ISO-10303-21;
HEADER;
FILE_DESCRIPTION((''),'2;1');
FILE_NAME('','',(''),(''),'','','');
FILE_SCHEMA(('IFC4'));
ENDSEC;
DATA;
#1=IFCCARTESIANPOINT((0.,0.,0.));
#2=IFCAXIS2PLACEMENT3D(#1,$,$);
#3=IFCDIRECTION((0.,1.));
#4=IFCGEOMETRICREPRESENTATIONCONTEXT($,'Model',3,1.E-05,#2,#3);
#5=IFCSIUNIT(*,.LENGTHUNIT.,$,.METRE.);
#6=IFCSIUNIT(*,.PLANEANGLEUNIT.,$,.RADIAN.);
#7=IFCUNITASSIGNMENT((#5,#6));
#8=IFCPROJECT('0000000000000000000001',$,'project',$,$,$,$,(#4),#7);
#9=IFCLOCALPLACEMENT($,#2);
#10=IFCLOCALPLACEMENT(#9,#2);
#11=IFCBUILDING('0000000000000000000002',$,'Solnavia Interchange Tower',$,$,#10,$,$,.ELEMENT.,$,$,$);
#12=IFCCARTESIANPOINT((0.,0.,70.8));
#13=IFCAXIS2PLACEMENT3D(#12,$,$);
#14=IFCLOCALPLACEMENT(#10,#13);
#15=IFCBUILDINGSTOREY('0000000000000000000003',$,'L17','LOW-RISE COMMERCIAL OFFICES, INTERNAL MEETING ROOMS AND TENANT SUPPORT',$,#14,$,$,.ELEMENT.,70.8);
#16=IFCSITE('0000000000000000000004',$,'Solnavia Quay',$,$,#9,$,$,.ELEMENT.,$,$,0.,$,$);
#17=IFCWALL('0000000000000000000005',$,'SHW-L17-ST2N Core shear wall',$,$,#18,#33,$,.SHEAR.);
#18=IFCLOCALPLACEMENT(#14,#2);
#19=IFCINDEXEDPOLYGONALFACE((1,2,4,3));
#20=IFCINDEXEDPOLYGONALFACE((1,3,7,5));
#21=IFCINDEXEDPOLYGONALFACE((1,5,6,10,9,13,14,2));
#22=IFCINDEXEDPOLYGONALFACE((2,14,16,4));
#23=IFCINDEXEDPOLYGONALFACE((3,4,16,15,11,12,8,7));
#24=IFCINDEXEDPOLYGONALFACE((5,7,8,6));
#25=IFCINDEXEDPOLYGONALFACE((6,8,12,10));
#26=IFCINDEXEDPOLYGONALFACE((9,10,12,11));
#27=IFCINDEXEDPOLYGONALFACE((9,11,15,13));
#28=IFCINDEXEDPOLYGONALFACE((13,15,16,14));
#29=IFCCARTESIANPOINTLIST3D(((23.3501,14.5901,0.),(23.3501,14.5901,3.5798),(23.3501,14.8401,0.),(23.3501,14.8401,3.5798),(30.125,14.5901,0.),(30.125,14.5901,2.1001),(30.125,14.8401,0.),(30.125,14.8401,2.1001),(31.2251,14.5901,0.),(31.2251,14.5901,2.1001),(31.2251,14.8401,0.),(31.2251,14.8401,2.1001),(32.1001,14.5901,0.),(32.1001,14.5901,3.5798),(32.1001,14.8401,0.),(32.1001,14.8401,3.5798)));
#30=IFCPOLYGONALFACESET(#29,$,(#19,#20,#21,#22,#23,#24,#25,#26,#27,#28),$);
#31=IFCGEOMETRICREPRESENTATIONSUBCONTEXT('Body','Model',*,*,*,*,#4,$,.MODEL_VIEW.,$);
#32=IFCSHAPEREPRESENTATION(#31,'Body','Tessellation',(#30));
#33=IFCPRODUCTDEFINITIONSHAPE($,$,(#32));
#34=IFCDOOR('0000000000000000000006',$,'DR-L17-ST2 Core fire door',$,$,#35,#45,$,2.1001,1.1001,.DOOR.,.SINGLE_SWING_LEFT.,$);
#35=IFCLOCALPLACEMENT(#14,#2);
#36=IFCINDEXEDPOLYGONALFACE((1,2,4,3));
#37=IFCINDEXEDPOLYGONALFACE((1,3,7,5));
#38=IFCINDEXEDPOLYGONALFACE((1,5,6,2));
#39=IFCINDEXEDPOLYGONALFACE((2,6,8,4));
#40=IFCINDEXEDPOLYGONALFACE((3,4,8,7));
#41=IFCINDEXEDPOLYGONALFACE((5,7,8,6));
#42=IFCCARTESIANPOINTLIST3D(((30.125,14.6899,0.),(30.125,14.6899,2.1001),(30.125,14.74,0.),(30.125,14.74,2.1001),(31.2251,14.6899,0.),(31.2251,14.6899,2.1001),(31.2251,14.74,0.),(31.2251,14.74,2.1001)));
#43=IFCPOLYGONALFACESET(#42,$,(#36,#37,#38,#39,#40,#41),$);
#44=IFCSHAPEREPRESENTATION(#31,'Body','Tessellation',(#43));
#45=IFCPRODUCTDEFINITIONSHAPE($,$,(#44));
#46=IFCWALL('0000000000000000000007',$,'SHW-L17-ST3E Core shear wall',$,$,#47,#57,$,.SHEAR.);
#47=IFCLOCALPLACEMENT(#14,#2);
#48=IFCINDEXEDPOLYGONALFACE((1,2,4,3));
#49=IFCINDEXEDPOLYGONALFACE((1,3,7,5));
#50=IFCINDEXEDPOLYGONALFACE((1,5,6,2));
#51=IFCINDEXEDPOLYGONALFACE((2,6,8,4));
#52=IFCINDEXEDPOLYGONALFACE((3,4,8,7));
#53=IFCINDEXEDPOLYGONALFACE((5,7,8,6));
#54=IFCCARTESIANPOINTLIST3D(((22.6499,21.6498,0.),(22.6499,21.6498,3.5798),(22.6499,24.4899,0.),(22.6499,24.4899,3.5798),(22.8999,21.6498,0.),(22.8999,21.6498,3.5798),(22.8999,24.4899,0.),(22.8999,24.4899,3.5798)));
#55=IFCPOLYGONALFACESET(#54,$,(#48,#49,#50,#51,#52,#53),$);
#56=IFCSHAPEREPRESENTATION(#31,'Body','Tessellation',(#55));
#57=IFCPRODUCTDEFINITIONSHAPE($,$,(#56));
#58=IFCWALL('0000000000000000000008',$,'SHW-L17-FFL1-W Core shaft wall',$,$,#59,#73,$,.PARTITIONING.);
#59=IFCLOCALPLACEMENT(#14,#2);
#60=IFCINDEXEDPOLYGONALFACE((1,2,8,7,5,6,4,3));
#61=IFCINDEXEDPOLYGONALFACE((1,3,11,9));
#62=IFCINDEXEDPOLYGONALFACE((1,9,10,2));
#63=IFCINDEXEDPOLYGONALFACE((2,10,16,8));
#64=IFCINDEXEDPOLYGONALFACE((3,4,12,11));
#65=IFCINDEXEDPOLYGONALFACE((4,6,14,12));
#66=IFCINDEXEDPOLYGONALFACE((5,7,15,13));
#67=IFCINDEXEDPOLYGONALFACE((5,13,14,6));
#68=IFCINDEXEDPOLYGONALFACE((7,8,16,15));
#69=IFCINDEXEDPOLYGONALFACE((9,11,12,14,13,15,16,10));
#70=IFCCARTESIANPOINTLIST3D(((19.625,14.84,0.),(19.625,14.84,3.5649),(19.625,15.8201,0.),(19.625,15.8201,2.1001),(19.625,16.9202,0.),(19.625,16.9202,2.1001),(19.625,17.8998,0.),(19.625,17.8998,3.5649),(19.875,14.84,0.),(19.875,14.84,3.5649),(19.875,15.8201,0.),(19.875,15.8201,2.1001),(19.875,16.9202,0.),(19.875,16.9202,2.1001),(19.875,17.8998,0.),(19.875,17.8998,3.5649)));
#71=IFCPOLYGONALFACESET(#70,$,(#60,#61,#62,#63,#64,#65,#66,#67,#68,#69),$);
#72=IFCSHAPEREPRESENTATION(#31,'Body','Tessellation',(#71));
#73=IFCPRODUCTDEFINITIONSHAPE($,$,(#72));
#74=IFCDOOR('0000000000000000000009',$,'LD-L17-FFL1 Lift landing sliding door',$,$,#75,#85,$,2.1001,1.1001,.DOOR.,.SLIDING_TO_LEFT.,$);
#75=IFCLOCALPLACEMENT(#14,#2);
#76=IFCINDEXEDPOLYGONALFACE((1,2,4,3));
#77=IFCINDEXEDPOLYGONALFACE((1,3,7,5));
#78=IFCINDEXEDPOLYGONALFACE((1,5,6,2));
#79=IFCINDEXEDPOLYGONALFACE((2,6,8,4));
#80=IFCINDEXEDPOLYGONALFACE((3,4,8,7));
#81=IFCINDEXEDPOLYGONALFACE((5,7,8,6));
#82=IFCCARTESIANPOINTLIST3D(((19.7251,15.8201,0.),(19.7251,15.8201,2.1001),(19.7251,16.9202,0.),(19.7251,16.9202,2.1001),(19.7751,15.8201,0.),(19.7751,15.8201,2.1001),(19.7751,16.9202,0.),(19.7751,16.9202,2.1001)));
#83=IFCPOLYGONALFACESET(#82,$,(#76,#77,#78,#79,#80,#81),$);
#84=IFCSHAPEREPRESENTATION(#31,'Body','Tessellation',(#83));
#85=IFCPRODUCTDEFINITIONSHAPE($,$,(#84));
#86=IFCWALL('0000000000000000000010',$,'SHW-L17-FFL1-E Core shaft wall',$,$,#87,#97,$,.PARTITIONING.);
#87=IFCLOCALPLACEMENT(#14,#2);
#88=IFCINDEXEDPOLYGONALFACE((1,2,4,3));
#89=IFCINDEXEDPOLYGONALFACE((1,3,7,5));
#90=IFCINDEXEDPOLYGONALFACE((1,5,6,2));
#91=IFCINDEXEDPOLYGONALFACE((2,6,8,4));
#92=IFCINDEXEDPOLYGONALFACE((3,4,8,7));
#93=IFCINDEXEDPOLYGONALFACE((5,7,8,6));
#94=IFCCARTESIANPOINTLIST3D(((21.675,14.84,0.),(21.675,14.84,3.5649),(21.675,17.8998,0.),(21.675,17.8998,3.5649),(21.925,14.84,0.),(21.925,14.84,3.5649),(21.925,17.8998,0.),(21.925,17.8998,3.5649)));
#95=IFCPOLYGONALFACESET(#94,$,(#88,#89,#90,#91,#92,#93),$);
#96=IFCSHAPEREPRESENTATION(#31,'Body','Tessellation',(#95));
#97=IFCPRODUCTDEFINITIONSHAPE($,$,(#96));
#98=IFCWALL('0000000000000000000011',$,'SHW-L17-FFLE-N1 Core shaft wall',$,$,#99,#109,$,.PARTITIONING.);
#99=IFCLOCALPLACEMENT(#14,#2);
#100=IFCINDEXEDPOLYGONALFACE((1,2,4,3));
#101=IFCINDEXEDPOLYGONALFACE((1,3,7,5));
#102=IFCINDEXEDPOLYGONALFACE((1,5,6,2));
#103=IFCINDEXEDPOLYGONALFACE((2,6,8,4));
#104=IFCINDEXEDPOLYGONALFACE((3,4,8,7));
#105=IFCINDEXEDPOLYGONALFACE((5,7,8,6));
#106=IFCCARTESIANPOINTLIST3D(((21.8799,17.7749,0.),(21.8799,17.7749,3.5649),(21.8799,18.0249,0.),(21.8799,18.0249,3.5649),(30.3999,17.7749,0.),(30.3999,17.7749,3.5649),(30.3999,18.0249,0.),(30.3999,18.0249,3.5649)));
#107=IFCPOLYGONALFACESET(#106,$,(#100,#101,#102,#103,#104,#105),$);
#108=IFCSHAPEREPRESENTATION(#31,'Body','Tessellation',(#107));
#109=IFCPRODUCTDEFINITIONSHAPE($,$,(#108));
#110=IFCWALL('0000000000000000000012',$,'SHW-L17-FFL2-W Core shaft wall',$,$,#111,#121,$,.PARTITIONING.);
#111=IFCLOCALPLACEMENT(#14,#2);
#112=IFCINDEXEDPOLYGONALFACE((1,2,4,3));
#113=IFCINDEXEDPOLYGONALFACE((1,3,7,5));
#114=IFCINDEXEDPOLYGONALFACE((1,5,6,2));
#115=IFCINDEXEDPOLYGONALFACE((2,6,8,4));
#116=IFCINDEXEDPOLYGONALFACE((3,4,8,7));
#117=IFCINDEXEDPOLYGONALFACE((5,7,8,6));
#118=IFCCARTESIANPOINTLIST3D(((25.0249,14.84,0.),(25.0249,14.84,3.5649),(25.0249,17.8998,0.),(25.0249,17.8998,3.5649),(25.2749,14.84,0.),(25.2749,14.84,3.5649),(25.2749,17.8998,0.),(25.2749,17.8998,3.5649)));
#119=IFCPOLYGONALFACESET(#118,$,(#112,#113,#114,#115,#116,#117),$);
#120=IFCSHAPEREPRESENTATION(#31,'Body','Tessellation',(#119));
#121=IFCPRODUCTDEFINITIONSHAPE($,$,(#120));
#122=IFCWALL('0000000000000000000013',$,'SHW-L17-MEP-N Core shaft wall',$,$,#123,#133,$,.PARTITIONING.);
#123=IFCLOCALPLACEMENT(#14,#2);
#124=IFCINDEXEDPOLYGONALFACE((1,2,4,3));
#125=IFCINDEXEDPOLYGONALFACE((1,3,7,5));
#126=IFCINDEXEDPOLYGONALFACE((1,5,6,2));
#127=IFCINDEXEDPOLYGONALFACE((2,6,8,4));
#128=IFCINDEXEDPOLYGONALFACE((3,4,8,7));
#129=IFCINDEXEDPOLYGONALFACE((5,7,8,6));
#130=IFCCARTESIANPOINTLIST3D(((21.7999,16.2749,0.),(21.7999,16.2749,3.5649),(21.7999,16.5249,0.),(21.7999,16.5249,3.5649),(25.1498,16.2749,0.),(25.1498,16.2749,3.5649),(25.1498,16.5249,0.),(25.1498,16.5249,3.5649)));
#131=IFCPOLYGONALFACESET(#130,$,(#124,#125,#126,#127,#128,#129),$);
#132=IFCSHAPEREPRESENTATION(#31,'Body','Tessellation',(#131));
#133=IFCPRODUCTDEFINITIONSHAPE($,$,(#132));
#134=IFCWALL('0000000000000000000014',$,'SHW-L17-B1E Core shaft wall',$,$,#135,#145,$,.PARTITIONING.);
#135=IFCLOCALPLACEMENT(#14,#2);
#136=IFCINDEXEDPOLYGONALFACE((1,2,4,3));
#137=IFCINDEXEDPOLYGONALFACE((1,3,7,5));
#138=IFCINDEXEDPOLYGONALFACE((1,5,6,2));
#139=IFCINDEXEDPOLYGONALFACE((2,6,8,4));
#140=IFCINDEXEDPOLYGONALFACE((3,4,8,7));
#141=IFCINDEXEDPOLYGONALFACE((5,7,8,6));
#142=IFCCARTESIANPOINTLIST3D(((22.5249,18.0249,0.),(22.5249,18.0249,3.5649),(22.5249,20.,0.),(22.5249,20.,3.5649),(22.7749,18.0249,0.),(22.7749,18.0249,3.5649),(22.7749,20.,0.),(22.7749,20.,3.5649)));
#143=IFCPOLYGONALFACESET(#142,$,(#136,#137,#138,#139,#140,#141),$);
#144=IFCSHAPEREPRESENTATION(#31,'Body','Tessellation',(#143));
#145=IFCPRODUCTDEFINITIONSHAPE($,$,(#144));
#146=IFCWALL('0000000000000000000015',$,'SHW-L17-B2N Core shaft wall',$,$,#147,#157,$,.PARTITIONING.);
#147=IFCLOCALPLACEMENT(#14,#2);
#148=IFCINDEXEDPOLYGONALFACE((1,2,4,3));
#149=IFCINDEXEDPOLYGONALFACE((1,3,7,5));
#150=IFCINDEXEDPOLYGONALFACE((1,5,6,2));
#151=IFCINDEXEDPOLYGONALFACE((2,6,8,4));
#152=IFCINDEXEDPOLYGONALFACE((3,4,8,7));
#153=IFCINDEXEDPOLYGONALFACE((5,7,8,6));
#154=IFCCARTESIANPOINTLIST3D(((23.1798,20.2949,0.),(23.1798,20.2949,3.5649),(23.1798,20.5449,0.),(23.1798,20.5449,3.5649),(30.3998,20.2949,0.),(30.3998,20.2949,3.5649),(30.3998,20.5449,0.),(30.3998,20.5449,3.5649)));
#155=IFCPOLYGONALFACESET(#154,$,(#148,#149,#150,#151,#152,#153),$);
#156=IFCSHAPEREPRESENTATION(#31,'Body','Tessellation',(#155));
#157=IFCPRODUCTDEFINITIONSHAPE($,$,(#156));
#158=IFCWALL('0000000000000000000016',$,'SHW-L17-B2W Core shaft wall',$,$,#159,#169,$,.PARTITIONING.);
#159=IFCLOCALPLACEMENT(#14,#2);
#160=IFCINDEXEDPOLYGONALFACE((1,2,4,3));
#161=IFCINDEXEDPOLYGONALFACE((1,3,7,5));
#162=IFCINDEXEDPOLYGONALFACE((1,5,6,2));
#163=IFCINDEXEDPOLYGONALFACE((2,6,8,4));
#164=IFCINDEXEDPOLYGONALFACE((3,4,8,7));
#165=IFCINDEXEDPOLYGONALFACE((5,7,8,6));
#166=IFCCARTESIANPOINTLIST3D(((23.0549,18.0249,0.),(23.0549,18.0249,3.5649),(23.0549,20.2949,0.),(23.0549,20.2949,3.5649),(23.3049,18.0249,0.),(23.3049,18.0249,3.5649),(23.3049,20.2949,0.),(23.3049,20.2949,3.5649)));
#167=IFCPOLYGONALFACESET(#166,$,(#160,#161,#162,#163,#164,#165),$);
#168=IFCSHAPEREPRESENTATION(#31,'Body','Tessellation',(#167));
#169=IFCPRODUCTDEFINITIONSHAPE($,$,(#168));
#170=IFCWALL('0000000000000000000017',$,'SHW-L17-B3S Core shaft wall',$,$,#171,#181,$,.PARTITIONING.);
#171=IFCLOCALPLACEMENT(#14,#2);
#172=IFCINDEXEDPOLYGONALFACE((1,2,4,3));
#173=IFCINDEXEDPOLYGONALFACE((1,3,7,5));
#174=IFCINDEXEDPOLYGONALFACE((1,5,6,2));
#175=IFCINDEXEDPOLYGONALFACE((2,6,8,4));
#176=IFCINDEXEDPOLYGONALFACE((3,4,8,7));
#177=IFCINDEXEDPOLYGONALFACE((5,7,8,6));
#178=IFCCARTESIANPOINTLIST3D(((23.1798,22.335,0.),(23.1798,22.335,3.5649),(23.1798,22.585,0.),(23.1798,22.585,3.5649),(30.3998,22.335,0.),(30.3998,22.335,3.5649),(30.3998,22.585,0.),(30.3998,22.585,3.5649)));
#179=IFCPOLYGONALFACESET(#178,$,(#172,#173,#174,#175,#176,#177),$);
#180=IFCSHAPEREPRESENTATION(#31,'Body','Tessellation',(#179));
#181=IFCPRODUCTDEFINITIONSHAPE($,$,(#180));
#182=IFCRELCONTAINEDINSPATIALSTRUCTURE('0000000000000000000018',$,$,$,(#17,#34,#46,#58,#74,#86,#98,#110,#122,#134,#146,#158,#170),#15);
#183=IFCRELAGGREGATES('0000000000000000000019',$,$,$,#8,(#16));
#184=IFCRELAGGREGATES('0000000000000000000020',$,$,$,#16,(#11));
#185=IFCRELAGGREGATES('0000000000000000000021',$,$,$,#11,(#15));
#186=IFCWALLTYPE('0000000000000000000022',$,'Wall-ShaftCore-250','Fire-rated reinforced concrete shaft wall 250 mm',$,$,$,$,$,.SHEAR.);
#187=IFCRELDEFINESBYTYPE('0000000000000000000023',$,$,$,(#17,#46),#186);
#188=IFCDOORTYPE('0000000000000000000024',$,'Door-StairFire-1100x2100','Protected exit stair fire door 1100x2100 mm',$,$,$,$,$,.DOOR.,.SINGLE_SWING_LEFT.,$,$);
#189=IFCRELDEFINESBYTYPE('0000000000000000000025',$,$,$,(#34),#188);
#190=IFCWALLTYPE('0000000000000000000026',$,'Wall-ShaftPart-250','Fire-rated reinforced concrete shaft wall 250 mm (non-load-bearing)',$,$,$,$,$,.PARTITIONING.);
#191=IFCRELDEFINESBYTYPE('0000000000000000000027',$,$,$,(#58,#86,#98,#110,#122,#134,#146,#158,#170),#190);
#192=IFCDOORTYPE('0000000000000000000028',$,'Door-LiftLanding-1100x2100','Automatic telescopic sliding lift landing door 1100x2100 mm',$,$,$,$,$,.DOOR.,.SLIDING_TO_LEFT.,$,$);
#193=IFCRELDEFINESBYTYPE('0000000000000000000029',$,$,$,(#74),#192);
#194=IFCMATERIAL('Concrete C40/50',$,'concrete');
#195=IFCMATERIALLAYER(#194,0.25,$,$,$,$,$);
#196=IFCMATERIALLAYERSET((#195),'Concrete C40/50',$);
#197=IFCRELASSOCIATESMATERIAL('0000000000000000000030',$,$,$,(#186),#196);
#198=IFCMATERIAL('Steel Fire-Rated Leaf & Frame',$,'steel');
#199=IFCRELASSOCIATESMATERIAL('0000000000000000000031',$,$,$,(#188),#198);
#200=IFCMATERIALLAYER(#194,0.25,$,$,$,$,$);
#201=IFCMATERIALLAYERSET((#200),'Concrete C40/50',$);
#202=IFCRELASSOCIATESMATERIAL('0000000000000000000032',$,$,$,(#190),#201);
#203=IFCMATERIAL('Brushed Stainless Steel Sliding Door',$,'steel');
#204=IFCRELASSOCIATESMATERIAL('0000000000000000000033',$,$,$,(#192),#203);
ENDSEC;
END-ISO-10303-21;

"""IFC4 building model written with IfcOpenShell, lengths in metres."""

from ifc_helpers import new_model, si_unit, direction, frame, frame_2d, origin, place, context, subcontext, project, spatial, rectangle, extrude, material, layer, layer_set, type_object, element, fill, save


model = new_model("IFC4")

# Units and contexts
model_context = context("Model", 3, precision=1e-05, world=origin(), true_north=direction((0.0, 1.0)))
body_context = subcontext(model_context, "Body", "Model", "MODEL_VIEW")
ifc_project = project(units=[si_unit("LENGTHUNIT", "METRE"), si_unit("PLANEANGLEUNIT", "RADIAN")], contexts=[model_context])

# Site, building, storey
site_placement = place(None, origin())
site = spatial("IfcSite", under=ifc_project, at=site_placement, Name="Solnavia Quay", CompositionType="ELEMENT", RefElevation=0.0)
building_placement = place(site_placement, origin())
building = spatial("IfcBuilding", under=site, at=building_placement, Name="Solnavia Interchange Tower", CompositionType="ELEMENT")
storey_placement = place(building_placement, frame((0.0, 0.0, 70.8)))
storey = spatial("IfcBuildingStorey", under=building, at=storey_placement, Name="L17", Description="LOW-RISE COMMERCIAL OFFICES, INTERNAL MEETING ROOMS AND TENANT SUPPORT", CompositionType="ELEMENT", Elevation=70.8)

# Wall, opening, door
ifc_material_1 = material(Name="Concrete C40/50", Category="concrete")
ifc_layer_1 = layer(ifc_material_1, 0.25)
ifc_layer_set_1 = layer_set([ifc_layer_1], Name="Concrete C40/50")
wall_type_1 = type_object("IfcWallType", Name="Wall-ShaftCore-250", Description="Fire-rated reinforced concrete shaft wall 250 mm", PredefinedType="SHEAR", material=ifc_layer_set_1)
wall_1_placement = place(storey_placement, frame((23.3501, 14.7151, 0.0), z_axis=(0.0, 0.0, 1.0), x_axis=(1.0, 0.0, 0.0)))
wall_1 = element("IfcWall", 1, at=wall_1_placement, inside=storey, type_object=wall_type_1, Name="SHW-L17-ST2N Core shear wall", PredefinedType="SHEAR", context=body_context, shape_type="SweptSolid", body=[
    extrude(rectangle(XDim=8.75, YDim=0.25, at=frame_2d((4.375, 0.0))), origin(), (0.0, 0.0, 1.0), 3.5798),
])
opening_1_placement = place(wall_1_placement, frame((6.7749, 0.0, 0.0)))
opening_1 = element("IfcOpeningElement", 2, at=opening_1_placement, cuts=wall_1, PredefinedType="OPENING", context=body_context, shape_type="SweptSolid", body=[
    extrude(rectangle(XDim=1.1001, YDim=2.1001, at=frame_2d((0.55, 1.05))), frame((0.0, 0.135, 0.0), z_axis=(0.0, -1.0, 0.0), x_axis=(1.0, 0.0, 0.0)), (0.0, 0.0, 1.0), 0.27),
])
ifc_material_2 = material(Name="Steel Fire-Rated Leaf & Frame", Category="steel")
door_type_1 = type_object("IfcDoorType", Name="Door-StairFire-1100x2100", Description="Protected exit stair fire door 1100x2100 mm", OperationType="SINGLE_SWING_LEFT", PredefinedType="DOOR", material=ifc_material_2)
door_1_placement = place(opening_1_placement, origin())
door_1 = element("IfcDoor", 3, at=door_1_placement, inside=storey, type_object=door_type_1, Name="DR-L17-ST2 Core fire door", OperationType="SINGLE_SWING_LEFT", OverallHeight=2.1001, OverallWidth=1.1001, PredefinedType="DOOR", context=body_context, shape_type="SweptSolid", body=[
    extrude(rectangle(XDim=1.1001, YDim=2.1001, at=frame_2d((0.55, 1.05))), frame((0.0, 0.0249, 0.0), z_axis=(0.0, -1.0, 0.0), x_axis=(1.0, 0.0, 0.0)), (0.0, 0.0, 1.0), 0.05),
])
fill(opening_1, door_1)

# Wall
wall_2_placement = place(storey_placement, frame((22.7749, 21.6499, 0.0), z_axis=(0.0, 0.0, 1.0), x_axis=(0.0, 1.0, 0.0)))
element("IfcWall", 4, at=wall_2_placement, inside=storey, type_object=wall_type_1, Name="SHW-L17-ST3E Core shear wall", PredefinedType="SHEAR", context=body_context, shape_type="SweptSolid", body=[
    extrude(rectangle(XDim=2.8401, YDim=0.25, at=frame_2d((1.4199, 0.0))), origin(), (0.0, 0.0, 1.0), 3.5798),
])

# Wall, opening, door
ifc_layer_2 = layer(ifc_material_1, 0.25)
ifc_layer_set_2 = layer_set([ifc_layer_2], Name="Concrete C40/50")
wall_type_2 = type_object("IfcWallType", Name="Wall-ShaftPart-250", Description="Fire-rated reinforced concrete shaft wall 250 mm (non-load-bearing)", PredefinedType="PARTITIONING", material=ifc_layer_set_2)
wall_3_placement = place(storey_placement, frame((19.75, 14.8401, 0.0), z_axis=(0.0, 0.0, 1.0), x_axis=(0.0, 1.0, 0.0)))
wall_3 = element("IfcWall", 5, at=wall_3_placement, inside=storey, type_object=wall_type_2, Name="SHW-L17-FFL1-W Core shaft wall", PredefinedType="PARTITIONING", context=body_context, shape_type="SweptSolid", body=[
    extrude(rectangle(XDim=3.0598, YDim=0.25, at=frame_2d((1.5298, 0.0))), origin(), (0.0, 0.0, 1.0), 3.5649),
])
opening_2_placement = place(wall_3_placement, frame((0.98, 0.0, 0.0)))
opening_2 = element("IfcOpeningElement", 6, at=opening_2_placement, cuts=wall_3, PredefinedType="OPENING", context=body_context, shape_type="SweptSolid", body=[
    extrude(rectangle(XDim=1.1001, YDim=2.1001, at=frame_2d((0.55, 1.05))), frame((0.0, 0.135, 0.0), z_axis=(0.0, -1.0, 0.0), x_axis=(1.0, 0.0, 0.0)), (0.0, 0.0, 1.0), 0.27),
])
ifc_material_3 = material(Name="Brushed Stainless Steel Sliding Door", Category="steel")
door_type_2 = type_object("IfcDoorType", Name="Door-LiftLanding-1100x2100", Description="Automatic telescopic sliding lift landing door 1100x2100 mm", OperationType="SLIDING_TO_LEFT", PredefinedType="DOOR", material=ifc_material_3)
door_2_placement = place(opening_2_placement, origin())
door_2 = element("IfcDoor", 7, at=door_2_placement, inside=storey, type_object=door_type_2, Name="LD-L17-FFL1 Lift landing sliding door", OperationType="SLIDING_TO_LEFT", OverallHeight=2.1001, OverallWidth=1.1001, PredefinedType="DOOR", context=body_context, shape_type="SweptSolid", body=[
    extrude(rectangle(XDim=1.1001, YDim=2.1001, at=frame_2d((0.55, 1.05))), frame((0.0, 0.0249, 0.0), z_axis=(0.0, -1.0, 0.0), x_axis=(1.0, 0.0, 0.0)), (0.0, 0.0, 1.0), 0.05),
])
fill(opening_2, door_2)

# Walls
wall_4_placement = place(storey_placement, frame((21.8, 14.8401, 0.0), z_axis=(0.0, 0.0, 1.0), x_axis=(0.0, 1.0, 0.0)))
element("IfcWall", 8, at=wall_4_placement, inside=storey, type_object=wall_type_2, Name="SHW-L17-FFL1-E Core shaft wall", PredefinedType="PARTITIONING", context=body_context, shape_type="SweptSolid", body=[
    extrude(rectangle(XDim=3.0598, YDim=0.25, at=frame_2d((1.5298, 0.0))), origin(), (0.0, 0.0, 1.0), 3.5649),
])
wall_5_placement = place(storey_placement, frame((21.8799, 17.8999, 0.0), z_axis=(0.0, 0.0, 1.0), x_axis=(1.0, 0.0, 0.0)))
element("IfcWall", 9, at=wall_5_placement, inside=storey, type_object=wall_type_2, Name="SHW-L17-FFLE-N1 Core shaft wall", PredefinedType="PARTITIONING", context=body_context, shape_type="SweptSolid", body=[
    extrude(rectangle(XDim=8.52, YDim=0.25, at=frame_2d((4.26, 0.0))), origin(), (0.0, 0.0, 1.0), 3.5649),
])
wall_6_placement = place(storey_placement, frame((25.1499, 14.8401, 0.0), z_axis=(0.0, 0.0, 1.0), x_axis=(0.0, 1.0, 0.0)))
element("IfcWall", 10, at=wall_6_placement, inside=storey, type_object=wall_type_2, Name="SHW-L17-FFL2-W Core shaft wall", PredefinedType="PARTITIONING", context=body_context, shape_type="SweptSolid", body=[
    extrude(rectangle(XDim=3.0598, YDim=0.25, at=frame_2d((1.5298, 0.0))), origin(), (0.0, 0.0, 1.0), 3.5649),
])
wall_7_placement = place(storey_placement, frame((21.8, 16.3999, 0.0), z_axis=(0.0, 0.0, 1.0), x_axis=(1.0, 0.0, 0.0)))
element("IfcWall", 11, at=wall_7_placement, inside=storey, type_object=wall_type_2, Name="SHW-L17-MEP-N Core shaft wall", PredefinedType="PARTITIONING", context=body_context, shape_type="SweptSolid", body=[
    extrude(rectangle(XDim=3.3499, YDim=0.25, at=frame_2d((1.6748, 0.0))), origin(), (0.0, 0.0, 1.0), 3.5649),
])
wall_8_placement = place(storey_placement, frame((22.6499, 18.0249, 0.0), z_axis=(0.0, 0.0, 1.0), x_axis=(0.0, 1.0, 0.0)))
element("IfcWall", 12, at=wall_8_placement, inside=storey, type_object=wall_type_2, Name="SHW-L17-B1E Core shaft wall", PredefinedType="PARTITIONING", context=body_context, shape_type="SweptSolid", body=[
    extrude(rectangle(XDim=1.9751, YDim=0.25, at=frame_2d((0.9875, 0.0))), origin(), (0.0, 0.0, 1.0), 3.5649),
])
wall_9_placement = place(storey_placement, frame((23.1799, 20.4199, 0.0), z_axis=(0.0, 0.0, 1.0), x_axis=(1.0, 0.0, 0.0)))
element("IfcWall", 13, at=wall_9_placement, inside=storey, type_object=wall_type_2, Name="SHW-L17-B2N Core shaft wall", PredefinedType="PARTITIONING", context=body_context, shape_type="SweptSolid", body=[
    extrude(rectangle(XDim=7.22, YDim=0.25, at=frame_2d((3.6099, 0.0))), origin(), (0.0, 0.0, 1.0), 3.5649),
])
wall_10_placement = place(storey_placement, frame((23.1799, 18.0249, 0.0), z_axis=(0.0, 0.0, 1.0), x_axis=(0.0, 1.0, 0.0)))
element("IfcWall", 14, at=wall_10_placement, inside=storey, type_object=wall_type_2, Name="SHW-L17-B2W Core shaft wall", PredefinedType="PARTITIONING", context=body_context, shape_type="SweptSolid", body=[
    extrude(rectangle(XDim=2.27, YDim=0.25, at=frame_2d((1.135, 0.0))), origin(), (0.0, 0.0, 1.0), 3.5649),
])
wall_11_placement = place(storey_placement, frame((23.1799, 22.46, 0.0), z_axis=(0.0, 0.0, 1.0), x_axis=(1.0, 0.0, 0.0)))
element("IfcWall", 15, at=wall_11_placement, inside=storey, type_object=wall_type_2, Name="SHW-L17-B3S Core shaft wall", PredefinedType="PARTITIONING", context=body_context, shape_type="SweptSolid", body=[
    extrude(rectangle(XDim=7.22, YDim=0.25, at=frame_2d((3.6099, 0.0))), origin(), (0.0, 0.0, 1.0), 3.5649),
])

save(model, "model.ifc")
